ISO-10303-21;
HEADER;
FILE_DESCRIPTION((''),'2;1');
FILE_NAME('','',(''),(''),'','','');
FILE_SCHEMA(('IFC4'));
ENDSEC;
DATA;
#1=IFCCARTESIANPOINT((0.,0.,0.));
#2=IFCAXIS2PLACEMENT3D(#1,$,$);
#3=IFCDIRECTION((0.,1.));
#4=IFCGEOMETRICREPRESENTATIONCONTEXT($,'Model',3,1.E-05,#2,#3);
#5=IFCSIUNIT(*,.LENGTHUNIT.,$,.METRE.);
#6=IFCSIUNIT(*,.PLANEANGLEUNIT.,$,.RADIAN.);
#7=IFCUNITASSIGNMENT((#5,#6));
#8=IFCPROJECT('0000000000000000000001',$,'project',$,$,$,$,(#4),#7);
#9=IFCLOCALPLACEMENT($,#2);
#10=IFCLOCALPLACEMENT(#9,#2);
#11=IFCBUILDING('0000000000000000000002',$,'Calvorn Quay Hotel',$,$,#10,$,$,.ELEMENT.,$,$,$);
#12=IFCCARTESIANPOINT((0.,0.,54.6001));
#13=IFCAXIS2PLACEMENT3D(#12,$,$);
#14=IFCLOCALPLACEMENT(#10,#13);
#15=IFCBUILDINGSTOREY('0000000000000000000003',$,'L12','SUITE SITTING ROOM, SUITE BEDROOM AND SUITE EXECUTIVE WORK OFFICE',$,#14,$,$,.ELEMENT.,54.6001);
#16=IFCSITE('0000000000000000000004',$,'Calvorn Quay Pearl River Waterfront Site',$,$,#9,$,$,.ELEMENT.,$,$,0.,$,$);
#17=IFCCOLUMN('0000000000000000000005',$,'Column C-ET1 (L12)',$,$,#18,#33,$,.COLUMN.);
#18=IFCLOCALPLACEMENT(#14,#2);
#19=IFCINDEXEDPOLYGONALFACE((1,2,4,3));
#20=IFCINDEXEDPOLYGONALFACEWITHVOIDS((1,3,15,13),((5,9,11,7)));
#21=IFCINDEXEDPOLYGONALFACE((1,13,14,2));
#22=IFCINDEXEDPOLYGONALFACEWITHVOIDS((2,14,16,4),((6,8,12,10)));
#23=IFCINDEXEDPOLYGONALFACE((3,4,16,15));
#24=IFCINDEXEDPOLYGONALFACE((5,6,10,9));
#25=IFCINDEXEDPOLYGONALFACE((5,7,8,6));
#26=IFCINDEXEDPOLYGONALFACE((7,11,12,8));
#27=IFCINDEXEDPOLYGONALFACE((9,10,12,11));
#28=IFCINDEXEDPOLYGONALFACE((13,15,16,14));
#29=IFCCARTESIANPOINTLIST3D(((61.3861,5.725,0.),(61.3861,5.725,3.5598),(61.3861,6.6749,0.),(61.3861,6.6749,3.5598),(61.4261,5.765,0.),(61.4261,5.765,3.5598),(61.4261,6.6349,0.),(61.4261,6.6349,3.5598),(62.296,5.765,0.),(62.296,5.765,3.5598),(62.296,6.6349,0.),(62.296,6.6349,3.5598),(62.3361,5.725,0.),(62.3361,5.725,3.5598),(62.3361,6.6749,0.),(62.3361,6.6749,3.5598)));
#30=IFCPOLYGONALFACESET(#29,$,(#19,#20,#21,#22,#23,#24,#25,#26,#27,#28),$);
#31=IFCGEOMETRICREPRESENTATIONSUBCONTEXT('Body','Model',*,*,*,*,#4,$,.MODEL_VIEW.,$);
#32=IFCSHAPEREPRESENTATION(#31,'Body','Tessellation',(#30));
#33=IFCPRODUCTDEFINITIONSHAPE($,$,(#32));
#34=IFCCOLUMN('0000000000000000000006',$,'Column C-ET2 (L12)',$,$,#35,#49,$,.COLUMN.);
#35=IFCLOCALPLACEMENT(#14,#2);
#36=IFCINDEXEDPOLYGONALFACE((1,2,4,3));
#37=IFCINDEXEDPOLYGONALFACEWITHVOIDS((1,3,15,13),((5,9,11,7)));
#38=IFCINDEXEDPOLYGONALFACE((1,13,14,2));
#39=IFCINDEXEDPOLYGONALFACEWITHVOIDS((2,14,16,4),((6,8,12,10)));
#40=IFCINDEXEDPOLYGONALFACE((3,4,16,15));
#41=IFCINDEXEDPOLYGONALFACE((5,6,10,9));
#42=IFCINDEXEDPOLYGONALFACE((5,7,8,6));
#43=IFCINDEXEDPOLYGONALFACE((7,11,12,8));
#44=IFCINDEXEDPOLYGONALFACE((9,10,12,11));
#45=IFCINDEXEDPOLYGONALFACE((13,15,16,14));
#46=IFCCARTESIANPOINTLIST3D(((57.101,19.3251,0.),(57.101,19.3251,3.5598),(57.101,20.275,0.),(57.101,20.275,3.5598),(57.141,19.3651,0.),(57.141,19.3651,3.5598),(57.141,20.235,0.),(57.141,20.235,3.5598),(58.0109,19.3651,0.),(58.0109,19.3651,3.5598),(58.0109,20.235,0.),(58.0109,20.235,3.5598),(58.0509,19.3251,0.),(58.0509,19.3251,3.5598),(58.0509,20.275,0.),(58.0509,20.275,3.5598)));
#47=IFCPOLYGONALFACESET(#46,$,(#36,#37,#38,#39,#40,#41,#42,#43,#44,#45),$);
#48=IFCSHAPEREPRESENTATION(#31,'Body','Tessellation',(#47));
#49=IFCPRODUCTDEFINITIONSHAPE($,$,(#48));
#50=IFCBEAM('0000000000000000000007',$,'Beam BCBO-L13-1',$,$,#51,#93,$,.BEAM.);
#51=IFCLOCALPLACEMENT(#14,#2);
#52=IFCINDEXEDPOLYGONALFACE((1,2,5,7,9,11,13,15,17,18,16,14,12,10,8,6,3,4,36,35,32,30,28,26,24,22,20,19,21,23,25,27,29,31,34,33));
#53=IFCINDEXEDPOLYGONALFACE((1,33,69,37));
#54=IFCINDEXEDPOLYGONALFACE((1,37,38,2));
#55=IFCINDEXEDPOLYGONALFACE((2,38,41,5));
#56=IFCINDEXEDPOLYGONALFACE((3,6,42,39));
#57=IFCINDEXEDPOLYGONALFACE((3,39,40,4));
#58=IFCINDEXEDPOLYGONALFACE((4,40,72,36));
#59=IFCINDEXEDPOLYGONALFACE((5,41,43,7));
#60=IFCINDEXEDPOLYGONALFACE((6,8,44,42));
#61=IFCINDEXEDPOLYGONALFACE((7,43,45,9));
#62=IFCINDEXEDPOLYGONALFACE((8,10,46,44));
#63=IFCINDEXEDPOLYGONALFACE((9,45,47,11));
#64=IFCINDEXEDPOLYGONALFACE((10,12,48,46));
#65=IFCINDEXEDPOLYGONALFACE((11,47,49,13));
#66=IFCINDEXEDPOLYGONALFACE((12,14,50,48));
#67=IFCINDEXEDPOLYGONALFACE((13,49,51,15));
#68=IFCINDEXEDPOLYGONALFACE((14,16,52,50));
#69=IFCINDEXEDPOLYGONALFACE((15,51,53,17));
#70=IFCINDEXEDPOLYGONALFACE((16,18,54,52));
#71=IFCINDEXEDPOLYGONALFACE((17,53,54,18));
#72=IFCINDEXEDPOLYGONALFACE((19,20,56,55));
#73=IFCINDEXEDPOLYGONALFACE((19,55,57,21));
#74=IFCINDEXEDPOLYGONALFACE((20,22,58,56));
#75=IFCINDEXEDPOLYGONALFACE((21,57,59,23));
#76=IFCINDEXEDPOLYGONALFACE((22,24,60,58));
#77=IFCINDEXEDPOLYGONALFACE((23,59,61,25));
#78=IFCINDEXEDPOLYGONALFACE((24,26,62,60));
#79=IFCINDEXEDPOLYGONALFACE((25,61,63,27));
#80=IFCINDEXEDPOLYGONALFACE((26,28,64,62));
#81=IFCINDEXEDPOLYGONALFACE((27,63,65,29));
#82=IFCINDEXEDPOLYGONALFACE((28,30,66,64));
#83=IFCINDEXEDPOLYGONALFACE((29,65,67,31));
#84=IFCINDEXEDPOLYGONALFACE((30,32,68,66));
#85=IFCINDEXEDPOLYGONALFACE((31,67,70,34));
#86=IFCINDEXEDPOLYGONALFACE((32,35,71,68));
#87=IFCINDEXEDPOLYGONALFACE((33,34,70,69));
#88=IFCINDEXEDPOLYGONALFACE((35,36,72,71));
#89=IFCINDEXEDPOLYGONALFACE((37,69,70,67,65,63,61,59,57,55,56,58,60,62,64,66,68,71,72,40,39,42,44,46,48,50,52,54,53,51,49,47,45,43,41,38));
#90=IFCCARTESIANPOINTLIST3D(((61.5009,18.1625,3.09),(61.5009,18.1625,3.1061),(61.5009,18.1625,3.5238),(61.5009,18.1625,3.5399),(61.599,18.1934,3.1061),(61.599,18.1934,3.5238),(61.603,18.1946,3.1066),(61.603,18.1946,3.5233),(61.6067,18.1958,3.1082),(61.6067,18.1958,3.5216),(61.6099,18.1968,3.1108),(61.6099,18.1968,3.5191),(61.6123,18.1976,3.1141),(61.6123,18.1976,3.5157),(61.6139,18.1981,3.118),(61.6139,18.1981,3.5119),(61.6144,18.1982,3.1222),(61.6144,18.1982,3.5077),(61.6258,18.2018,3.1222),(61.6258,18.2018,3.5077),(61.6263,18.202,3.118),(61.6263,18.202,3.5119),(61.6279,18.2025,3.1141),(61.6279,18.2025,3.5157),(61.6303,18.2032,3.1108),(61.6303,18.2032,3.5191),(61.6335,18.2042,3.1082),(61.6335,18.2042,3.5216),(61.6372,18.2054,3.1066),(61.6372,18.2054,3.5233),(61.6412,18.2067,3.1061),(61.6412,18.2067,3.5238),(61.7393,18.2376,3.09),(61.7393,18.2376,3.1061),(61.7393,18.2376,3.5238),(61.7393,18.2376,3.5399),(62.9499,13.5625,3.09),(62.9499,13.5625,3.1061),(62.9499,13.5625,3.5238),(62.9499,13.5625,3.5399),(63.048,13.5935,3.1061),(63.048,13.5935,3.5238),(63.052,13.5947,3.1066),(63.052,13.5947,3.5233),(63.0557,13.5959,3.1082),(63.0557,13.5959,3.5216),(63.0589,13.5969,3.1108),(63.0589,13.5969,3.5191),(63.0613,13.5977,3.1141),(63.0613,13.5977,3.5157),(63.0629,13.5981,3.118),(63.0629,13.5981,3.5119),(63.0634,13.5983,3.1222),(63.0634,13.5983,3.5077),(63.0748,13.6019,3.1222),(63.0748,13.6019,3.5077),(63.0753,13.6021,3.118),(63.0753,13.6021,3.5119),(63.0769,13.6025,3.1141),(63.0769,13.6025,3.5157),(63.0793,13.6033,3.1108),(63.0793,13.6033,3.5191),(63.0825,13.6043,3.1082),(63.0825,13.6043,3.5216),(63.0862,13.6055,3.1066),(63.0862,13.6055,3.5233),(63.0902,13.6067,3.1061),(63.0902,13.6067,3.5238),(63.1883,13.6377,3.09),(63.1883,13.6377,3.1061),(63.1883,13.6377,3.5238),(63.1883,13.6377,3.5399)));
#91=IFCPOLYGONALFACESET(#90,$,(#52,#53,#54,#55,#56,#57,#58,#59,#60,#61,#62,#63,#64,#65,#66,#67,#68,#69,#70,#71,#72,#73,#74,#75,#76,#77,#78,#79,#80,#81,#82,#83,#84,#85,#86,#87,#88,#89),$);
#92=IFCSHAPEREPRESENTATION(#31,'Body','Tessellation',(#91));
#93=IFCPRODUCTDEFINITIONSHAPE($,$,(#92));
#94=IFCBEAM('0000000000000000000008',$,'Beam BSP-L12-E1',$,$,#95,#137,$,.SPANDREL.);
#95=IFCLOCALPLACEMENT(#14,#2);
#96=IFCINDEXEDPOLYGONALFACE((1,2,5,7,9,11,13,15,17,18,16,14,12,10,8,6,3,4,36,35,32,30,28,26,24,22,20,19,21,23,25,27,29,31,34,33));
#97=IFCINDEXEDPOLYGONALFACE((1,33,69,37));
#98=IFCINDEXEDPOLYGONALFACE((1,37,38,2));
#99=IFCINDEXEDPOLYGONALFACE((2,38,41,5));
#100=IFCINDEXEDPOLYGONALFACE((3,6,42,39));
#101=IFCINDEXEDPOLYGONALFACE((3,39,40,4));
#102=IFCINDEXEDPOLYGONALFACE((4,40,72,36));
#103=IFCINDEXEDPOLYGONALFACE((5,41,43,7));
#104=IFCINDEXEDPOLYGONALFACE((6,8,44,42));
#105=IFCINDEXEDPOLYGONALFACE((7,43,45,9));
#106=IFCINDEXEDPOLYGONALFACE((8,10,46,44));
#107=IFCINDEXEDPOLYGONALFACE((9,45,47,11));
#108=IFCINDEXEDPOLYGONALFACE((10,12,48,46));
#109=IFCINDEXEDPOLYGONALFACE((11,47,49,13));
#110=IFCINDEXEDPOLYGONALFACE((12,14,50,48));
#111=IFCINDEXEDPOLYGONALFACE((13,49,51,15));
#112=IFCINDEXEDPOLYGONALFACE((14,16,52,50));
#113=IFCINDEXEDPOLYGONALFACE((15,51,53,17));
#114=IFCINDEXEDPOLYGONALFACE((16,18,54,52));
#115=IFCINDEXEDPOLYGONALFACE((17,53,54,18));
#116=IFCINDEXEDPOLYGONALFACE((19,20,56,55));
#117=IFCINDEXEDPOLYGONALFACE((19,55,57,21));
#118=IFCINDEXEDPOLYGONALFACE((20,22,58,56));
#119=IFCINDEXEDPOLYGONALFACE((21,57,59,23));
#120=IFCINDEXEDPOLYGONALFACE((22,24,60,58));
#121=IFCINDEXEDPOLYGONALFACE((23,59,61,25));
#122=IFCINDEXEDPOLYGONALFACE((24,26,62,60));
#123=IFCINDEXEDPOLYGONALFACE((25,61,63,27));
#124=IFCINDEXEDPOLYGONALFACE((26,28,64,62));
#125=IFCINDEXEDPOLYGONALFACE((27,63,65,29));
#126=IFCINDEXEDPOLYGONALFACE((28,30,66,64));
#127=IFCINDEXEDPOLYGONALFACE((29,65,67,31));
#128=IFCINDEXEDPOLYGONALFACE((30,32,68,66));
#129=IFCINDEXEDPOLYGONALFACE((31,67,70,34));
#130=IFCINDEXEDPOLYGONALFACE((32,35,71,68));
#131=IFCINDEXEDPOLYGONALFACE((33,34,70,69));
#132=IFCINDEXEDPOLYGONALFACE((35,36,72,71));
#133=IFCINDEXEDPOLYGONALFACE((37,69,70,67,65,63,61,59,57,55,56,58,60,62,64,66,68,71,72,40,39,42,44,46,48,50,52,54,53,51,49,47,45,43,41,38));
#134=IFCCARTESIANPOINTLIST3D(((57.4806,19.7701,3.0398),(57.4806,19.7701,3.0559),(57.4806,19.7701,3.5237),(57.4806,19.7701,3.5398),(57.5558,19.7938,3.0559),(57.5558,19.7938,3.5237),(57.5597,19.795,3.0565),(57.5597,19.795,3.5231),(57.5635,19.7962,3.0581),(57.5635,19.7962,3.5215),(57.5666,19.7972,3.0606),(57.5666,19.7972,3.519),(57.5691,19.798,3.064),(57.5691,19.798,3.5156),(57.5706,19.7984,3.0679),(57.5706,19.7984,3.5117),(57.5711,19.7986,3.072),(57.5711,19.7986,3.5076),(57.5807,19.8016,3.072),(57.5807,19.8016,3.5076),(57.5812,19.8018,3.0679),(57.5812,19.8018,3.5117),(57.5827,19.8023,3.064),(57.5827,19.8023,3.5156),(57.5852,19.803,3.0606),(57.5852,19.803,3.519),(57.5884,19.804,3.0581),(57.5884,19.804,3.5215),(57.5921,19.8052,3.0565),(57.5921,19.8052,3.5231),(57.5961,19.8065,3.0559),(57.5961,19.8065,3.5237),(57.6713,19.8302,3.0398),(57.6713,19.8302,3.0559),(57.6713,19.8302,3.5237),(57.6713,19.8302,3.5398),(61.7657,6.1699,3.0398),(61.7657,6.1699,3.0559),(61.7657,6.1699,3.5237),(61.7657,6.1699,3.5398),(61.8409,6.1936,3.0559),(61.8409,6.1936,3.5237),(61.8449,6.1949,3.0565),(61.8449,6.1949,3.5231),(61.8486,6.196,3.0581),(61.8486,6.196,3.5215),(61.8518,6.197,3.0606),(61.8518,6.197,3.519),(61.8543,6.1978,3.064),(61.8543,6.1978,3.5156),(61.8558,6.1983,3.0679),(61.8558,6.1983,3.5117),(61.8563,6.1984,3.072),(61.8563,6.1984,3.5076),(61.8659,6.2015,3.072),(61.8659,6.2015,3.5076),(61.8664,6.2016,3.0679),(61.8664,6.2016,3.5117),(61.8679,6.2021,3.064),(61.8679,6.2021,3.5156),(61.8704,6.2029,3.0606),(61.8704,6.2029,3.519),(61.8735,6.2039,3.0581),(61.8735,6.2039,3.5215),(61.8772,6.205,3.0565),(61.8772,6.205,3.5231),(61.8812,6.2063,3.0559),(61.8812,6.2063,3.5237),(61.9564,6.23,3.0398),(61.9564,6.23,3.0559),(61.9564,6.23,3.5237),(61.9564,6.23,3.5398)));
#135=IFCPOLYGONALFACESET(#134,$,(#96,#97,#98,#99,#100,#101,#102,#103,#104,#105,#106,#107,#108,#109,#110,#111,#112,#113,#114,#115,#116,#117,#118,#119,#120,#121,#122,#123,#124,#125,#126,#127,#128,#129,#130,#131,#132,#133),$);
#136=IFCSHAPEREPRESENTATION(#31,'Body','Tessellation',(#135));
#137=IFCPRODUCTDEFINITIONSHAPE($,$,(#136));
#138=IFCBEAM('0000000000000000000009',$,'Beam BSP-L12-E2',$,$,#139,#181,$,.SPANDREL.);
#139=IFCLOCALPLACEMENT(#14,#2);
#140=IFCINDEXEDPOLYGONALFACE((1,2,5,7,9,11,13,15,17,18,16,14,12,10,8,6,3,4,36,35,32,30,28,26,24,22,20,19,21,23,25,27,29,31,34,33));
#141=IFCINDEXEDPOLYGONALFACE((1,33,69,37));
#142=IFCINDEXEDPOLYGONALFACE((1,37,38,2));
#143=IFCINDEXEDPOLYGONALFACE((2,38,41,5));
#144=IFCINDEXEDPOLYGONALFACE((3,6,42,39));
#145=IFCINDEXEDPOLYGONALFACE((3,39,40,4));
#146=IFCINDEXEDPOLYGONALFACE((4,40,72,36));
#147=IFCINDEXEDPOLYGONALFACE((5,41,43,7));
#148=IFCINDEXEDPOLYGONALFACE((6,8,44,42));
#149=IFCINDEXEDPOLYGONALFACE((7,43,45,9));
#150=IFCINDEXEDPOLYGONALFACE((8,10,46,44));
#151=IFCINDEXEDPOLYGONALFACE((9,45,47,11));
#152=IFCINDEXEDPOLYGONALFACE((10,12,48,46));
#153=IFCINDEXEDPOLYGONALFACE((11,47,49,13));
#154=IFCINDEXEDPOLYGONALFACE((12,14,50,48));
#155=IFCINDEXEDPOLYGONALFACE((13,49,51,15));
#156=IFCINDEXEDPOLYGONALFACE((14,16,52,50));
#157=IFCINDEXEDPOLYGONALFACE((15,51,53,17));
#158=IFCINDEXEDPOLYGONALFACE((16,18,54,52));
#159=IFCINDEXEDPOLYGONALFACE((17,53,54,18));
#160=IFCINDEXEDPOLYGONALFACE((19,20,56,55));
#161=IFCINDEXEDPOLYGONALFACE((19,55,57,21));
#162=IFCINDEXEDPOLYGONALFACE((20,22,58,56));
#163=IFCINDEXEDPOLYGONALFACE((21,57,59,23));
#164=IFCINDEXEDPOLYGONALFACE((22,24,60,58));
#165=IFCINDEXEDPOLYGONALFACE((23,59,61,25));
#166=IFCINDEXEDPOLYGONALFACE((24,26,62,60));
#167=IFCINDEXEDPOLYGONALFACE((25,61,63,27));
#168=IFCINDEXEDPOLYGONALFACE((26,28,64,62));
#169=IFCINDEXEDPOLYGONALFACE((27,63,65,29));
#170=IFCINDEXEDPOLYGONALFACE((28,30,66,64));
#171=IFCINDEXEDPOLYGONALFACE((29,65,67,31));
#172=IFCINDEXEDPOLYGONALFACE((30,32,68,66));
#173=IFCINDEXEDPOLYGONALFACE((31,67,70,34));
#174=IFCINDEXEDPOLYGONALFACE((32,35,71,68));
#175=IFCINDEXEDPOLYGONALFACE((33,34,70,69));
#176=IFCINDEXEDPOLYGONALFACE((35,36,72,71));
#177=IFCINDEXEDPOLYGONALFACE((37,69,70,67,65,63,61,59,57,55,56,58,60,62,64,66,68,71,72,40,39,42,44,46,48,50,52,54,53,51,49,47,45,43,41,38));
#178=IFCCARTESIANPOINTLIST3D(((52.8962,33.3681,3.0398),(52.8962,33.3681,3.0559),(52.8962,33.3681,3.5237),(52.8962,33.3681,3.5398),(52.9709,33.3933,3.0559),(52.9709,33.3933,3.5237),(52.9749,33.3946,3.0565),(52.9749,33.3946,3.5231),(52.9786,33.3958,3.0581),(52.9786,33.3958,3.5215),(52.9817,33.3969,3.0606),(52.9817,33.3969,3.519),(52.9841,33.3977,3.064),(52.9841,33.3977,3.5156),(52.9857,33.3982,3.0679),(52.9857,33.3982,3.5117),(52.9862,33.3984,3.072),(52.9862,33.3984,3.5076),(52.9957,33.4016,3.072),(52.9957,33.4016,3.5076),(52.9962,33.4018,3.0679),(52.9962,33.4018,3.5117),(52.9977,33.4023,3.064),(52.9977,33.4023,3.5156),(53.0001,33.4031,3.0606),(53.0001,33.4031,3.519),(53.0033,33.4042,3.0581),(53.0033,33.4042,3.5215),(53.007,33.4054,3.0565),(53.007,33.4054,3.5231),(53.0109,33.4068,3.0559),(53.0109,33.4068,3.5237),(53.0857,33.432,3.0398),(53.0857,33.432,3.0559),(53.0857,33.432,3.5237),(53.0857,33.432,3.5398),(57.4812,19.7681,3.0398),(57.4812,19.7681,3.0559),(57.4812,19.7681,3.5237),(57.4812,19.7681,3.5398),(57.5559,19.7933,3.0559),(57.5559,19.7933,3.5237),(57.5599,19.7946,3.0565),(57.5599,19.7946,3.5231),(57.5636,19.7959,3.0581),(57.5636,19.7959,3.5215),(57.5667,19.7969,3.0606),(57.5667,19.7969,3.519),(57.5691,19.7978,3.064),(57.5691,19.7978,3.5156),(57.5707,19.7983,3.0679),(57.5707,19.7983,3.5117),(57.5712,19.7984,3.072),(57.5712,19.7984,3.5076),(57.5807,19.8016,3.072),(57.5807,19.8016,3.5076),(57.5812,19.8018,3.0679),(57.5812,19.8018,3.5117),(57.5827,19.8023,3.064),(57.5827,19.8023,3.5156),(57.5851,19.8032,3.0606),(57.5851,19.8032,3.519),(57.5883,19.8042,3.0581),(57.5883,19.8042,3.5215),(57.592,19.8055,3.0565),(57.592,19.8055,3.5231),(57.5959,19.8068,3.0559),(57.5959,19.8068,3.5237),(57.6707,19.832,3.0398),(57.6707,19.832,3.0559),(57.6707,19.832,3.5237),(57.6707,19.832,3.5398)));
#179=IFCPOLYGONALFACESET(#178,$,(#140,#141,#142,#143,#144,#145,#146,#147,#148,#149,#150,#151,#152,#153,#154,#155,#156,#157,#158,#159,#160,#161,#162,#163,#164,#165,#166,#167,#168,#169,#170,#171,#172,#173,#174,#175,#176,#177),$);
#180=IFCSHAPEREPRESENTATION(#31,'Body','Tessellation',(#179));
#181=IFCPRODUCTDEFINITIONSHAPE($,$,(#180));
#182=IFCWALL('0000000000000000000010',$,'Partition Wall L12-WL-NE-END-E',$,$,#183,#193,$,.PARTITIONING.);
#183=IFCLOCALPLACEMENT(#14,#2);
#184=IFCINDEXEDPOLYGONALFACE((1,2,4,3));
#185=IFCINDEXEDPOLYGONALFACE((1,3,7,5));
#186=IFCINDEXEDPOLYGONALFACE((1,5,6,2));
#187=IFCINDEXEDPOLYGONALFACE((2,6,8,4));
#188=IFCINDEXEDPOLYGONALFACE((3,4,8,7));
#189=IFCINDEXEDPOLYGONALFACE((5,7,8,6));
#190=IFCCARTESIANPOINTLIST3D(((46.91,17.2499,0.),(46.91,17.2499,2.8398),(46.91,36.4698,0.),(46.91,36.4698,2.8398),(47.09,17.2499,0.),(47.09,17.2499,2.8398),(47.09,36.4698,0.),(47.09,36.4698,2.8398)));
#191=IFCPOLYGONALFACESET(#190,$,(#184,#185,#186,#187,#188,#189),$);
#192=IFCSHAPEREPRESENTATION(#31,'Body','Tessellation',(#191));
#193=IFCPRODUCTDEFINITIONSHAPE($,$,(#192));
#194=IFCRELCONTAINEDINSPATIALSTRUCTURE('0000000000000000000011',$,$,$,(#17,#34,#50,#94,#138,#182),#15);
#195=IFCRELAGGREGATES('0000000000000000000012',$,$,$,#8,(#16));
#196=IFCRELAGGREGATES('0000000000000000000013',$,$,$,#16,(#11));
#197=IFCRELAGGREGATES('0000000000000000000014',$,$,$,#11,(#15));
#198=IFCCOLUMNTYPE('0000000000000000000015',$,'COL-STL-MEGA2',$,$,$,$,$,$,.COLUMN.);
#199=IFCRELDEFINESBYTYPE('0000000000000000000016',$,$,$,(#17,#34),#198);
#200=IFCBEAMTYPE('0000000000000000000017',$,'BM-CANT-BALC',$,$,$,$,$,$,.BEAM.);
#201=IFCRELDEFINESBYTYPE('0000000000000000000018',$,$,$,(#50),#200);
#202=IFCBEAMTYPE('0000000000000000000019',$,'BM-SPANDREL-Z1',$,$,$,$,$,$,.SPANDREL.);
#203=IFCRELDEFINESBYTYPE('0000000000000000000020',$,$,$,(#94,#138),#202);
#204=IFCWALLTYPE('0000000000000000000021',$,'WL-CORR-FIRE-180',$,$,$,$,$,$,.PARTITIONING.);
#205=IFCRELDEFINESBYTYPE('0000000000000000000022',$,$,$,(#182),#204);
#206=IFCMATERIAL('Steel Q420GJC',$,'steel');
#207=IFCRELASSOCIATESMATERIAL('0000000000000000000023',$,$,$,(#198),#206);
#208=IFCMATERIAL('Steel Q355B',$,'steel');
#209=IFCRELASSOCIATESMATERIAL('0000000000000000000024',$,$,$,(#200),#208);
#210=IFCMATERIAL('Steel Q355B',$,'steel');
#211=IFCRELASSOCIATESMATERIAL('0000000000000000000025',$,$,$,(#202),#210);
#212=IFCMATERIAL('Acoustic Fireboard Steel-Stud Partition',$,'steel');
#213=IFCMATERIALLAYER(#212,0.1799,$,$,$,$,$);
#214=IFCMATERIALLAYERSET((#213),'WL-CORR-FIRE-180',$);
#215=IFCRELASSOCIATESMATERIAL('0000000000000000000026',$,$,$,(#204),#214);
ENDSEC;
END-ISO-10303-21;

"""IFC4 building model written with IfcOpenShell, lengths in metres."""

from ifc_helpers import new_model, si_unit, direction, frame, frame_2d, origin, origin_2d, place, context, subcontext, project, spatial, rectangle, hollow_rectangle, i_section, extrude, material, layer, layer_set, material_profile, profile_set, type_object, element, save


model = new_model("IFC4")

# Units and contexts
model_context = context("Model", 3, precision=1e-05, world=origin(), true_north=direction((0.0, 1.0)))
body_context = subcontext(model_context, "Body", "Model", "MODEL_VIEW")
ifc_project = project(units=[si_unit("LENGTHUNIT", "METRE"), si_unit("PLANEANGLEUNIT", "RADIAN")], contexts=[model_context])

# Site, building, storey
site_placement = place(None, origin())
site = spatial("IfcSite", under=ifc_project, at=site_placement, Name="Calvorn Quay Pearl River Waterfront Site", CompositionType="ELEMENT", RefElevation=0.0)
building_placement = place(site_placement, origin())
building = spatial("IfcBuilding", under=site, at=building_placement, Name="Calvorn Quay Hotel", CompositionType="ELEMENT")
storey_placement = place(building_placement, frame((0.0, 0.0, 54.6001)))
storey = spatial("IfcBuildingStorey", under=building, at=storey_placement, Name="L12", Description="SUITE SITTING ROOM, SUITE BEDROOM AND SUITE EXECUTIVE WORK OFFICE", CompositionType="ELEMENT", Elevation=54.6001)

# Columns
ifc_material_1 = material(Name="Steel Q420GJC", Category="steel")
ifc_material_profile_1 = material_profile(ifc_material_1, hollow_rectangle(XDim=0.95, YDim=0.95, WallThickness=0.04, at=origin_2d()), Name="BOX950x950x40")
ifc_profile_set_1 = profile_set([ifc_material_profile_1], Name="Steel Q420GJC")
column_type = type_object("IfcColumnType", Name="COL-STL-MEGA2", PredefinedType="COLUMN", material=ifc_profile_set_1)
for number, where, z_axis, x_axis, name in (
    (1, (61.8611, 6.2, 0.0), (0.0, 0.0, 1.0), (1.0, 0.0, 0.0), "Column C-ET1 (L12)"),
    (2, (57.5759, 19.8, 0.0), (0.0, 0.0, 1.0), (1.0, 0.0, 0.0), "Column C-ET2 (L12)"),
):
    element("IfcColumn", number, at=place(storey_placement, frame(where, z_axis=z_axis, x_axis=x_axis)), inside=storey, type_object=column_type, Name=name, PredefinedType="COLUMN", context=body_context, shape_type="SweptSolid", body=[
        extrude(hollow_rectangle(XDim=0.95, YDim=0.95, WallThickness=0.04, at=origin_2d()), origin(), (0.0, 0.0, 1.0), 3.5598),
    ])

# Beams
ifc_material_2 = material(Name="Steel Q355B", Category="steel")
ifc_material_profile_2 = material_profile(ifc_material_2, i_section(OverallWidth=0.25, OverallDepth=0.45, WebThickness=0.012, FlangeThickness=0.0161, FilletRadius=0.0161, at=origin_2d()), Name="HN450x250x12x16")
ifc_profile_set_2 = profile_set([ifc_material_profile_2], Name="Steel Q355B")
beam_type_1 = type_object("IfcBeamType", Name="BM-CANT-BALC", PredefinedType="BEAM", material=ifc_profile_set_2)
beam_1_placement = place(storey_placement, frame((63.0691, 13.6001, 3.3149), z_axis=(-0.30045, 0.953797, 0.0), x_axis=(-0.953797, -0.30045, 0.0)))
element("IfcBeam", 3, at=beam_1_placement, inside=storey, type_object=beam_type_1, Name="Beam BCBO-L13-1", PredefinedType="BEAM", context=body_context, shape_type="SweptSolid", body=[
    extrude(i_section(OverallWidth=0.25, OverallDepth=0.45, WebThickness=0.012, FlangeThickness=0.0161, FilletRadius=0.0161, at=origin_2d()), origin(), (0.0, 0.0, 1.0), 4.8228),
])
ifc_material_3 = material(Name="Steel Q355B", Category="steel")
ifc_material_profile_3 = material_profile(ifc_material_3, i_section(OverallWidth=0.2, OverallDepth=0.5, WebThickness=0.01, FlangeThickness=0.0161, FilletRadius=0.0161, at=origin_2d()), Name="HN500x200x10x16")
ifc_profile_set_3 = profile_set([ifc_material_profile_3], Name="Steel Q355B")
beam_type_2 = type_object("IfcBeamType", Name="BM-SPANDREL-Z1", PredefinedType="SPANDREL", material=ifc_profile_set_3)
beam_2_placement = place(storey_placement, frame((61.8611, 6.2, 3.2898), z_axis=(-0.300518, 0.953776, 0.0), x_axis=(-0.953776, -0.300518, 0.0)))
element("IfcBeam", 4, at=beam_2_placement, inside=storey, type_object=beam_type_2, Name="Beam BSP-L12-E1", PredefinedType="SPANDREL", context=body_context, shape_type="SweptSolid", body=[
    extrude(i_section(OverallWidth=0.2, OverallDepth=0.5, WebThickness=0.01, FlangeThickness=0.0161, FilletRadius=0.0161, at=origin_2d()), origin(), (0.0, 0.0, 1.0), 14.2593),
])
beam_3_placement = place(storey_placement, frame((57.5759, 19.8, 3.2898), z_axis=(-0.319467, 0.947598, 0.0), x_axis=(-0.947598, -0.319467, 0.0)))
element("IfcBeam", 5, at=beam_3_placement, inside=storey, type_object=beam_type_2, Name="Beam BSP-L12-E2", PredefinedType="SPANDREL", context=body_context, shape_type="SweptSolid", body=[
    extrude(i_section(OverallWidth=0.2, OverallDepth=0.5, WebThickness=0.01, FlangeThickness=0.0161, FilletRadius=0.0161, at=origin_2d()), origin(), (0.0, 0.0, 1.0), 14.3521),
])

# Wall
ifc_material_4 = material(Name="Acoustic Fireboard Steel-Stud Partition", Category="steel")
ifc_layer_1 = layer(ifc_material_4, 0.1799)
ifc_layer_set_1 = layer_set([ifc_layer_1], Name="WL-CORR-FIRE-180")
wall_type_1 = type_object("IfcWallType", Name="WL-CORR-FIRE-180", PredefinedType="PARTITIONING", material=ifc_layer_set_1)
wall_1_placement = place(storey_placement, frame((47.0, 17.25, 0.0), z_axis=(0.0, 0.0, 1.0), x_axis=(0.0, 1.0, 0.0)))
element("IfcWall", 6, at=wall_1_placement, inside=storey, type_object=wall_type_1, Name="Partition Wall L12-WL-NE-END-E", PredefinedType="PARTITIONING", context=body_context, shape_type="SweptSolid", body=[
    extrude(rectangle(XDim=19.22, YDim=0.1799, at=frame_2d((9.6099, 0.0))), origin(), (0.0, 0.0, 1.0), 2.8398),
])

save(model, "model.ifc")
